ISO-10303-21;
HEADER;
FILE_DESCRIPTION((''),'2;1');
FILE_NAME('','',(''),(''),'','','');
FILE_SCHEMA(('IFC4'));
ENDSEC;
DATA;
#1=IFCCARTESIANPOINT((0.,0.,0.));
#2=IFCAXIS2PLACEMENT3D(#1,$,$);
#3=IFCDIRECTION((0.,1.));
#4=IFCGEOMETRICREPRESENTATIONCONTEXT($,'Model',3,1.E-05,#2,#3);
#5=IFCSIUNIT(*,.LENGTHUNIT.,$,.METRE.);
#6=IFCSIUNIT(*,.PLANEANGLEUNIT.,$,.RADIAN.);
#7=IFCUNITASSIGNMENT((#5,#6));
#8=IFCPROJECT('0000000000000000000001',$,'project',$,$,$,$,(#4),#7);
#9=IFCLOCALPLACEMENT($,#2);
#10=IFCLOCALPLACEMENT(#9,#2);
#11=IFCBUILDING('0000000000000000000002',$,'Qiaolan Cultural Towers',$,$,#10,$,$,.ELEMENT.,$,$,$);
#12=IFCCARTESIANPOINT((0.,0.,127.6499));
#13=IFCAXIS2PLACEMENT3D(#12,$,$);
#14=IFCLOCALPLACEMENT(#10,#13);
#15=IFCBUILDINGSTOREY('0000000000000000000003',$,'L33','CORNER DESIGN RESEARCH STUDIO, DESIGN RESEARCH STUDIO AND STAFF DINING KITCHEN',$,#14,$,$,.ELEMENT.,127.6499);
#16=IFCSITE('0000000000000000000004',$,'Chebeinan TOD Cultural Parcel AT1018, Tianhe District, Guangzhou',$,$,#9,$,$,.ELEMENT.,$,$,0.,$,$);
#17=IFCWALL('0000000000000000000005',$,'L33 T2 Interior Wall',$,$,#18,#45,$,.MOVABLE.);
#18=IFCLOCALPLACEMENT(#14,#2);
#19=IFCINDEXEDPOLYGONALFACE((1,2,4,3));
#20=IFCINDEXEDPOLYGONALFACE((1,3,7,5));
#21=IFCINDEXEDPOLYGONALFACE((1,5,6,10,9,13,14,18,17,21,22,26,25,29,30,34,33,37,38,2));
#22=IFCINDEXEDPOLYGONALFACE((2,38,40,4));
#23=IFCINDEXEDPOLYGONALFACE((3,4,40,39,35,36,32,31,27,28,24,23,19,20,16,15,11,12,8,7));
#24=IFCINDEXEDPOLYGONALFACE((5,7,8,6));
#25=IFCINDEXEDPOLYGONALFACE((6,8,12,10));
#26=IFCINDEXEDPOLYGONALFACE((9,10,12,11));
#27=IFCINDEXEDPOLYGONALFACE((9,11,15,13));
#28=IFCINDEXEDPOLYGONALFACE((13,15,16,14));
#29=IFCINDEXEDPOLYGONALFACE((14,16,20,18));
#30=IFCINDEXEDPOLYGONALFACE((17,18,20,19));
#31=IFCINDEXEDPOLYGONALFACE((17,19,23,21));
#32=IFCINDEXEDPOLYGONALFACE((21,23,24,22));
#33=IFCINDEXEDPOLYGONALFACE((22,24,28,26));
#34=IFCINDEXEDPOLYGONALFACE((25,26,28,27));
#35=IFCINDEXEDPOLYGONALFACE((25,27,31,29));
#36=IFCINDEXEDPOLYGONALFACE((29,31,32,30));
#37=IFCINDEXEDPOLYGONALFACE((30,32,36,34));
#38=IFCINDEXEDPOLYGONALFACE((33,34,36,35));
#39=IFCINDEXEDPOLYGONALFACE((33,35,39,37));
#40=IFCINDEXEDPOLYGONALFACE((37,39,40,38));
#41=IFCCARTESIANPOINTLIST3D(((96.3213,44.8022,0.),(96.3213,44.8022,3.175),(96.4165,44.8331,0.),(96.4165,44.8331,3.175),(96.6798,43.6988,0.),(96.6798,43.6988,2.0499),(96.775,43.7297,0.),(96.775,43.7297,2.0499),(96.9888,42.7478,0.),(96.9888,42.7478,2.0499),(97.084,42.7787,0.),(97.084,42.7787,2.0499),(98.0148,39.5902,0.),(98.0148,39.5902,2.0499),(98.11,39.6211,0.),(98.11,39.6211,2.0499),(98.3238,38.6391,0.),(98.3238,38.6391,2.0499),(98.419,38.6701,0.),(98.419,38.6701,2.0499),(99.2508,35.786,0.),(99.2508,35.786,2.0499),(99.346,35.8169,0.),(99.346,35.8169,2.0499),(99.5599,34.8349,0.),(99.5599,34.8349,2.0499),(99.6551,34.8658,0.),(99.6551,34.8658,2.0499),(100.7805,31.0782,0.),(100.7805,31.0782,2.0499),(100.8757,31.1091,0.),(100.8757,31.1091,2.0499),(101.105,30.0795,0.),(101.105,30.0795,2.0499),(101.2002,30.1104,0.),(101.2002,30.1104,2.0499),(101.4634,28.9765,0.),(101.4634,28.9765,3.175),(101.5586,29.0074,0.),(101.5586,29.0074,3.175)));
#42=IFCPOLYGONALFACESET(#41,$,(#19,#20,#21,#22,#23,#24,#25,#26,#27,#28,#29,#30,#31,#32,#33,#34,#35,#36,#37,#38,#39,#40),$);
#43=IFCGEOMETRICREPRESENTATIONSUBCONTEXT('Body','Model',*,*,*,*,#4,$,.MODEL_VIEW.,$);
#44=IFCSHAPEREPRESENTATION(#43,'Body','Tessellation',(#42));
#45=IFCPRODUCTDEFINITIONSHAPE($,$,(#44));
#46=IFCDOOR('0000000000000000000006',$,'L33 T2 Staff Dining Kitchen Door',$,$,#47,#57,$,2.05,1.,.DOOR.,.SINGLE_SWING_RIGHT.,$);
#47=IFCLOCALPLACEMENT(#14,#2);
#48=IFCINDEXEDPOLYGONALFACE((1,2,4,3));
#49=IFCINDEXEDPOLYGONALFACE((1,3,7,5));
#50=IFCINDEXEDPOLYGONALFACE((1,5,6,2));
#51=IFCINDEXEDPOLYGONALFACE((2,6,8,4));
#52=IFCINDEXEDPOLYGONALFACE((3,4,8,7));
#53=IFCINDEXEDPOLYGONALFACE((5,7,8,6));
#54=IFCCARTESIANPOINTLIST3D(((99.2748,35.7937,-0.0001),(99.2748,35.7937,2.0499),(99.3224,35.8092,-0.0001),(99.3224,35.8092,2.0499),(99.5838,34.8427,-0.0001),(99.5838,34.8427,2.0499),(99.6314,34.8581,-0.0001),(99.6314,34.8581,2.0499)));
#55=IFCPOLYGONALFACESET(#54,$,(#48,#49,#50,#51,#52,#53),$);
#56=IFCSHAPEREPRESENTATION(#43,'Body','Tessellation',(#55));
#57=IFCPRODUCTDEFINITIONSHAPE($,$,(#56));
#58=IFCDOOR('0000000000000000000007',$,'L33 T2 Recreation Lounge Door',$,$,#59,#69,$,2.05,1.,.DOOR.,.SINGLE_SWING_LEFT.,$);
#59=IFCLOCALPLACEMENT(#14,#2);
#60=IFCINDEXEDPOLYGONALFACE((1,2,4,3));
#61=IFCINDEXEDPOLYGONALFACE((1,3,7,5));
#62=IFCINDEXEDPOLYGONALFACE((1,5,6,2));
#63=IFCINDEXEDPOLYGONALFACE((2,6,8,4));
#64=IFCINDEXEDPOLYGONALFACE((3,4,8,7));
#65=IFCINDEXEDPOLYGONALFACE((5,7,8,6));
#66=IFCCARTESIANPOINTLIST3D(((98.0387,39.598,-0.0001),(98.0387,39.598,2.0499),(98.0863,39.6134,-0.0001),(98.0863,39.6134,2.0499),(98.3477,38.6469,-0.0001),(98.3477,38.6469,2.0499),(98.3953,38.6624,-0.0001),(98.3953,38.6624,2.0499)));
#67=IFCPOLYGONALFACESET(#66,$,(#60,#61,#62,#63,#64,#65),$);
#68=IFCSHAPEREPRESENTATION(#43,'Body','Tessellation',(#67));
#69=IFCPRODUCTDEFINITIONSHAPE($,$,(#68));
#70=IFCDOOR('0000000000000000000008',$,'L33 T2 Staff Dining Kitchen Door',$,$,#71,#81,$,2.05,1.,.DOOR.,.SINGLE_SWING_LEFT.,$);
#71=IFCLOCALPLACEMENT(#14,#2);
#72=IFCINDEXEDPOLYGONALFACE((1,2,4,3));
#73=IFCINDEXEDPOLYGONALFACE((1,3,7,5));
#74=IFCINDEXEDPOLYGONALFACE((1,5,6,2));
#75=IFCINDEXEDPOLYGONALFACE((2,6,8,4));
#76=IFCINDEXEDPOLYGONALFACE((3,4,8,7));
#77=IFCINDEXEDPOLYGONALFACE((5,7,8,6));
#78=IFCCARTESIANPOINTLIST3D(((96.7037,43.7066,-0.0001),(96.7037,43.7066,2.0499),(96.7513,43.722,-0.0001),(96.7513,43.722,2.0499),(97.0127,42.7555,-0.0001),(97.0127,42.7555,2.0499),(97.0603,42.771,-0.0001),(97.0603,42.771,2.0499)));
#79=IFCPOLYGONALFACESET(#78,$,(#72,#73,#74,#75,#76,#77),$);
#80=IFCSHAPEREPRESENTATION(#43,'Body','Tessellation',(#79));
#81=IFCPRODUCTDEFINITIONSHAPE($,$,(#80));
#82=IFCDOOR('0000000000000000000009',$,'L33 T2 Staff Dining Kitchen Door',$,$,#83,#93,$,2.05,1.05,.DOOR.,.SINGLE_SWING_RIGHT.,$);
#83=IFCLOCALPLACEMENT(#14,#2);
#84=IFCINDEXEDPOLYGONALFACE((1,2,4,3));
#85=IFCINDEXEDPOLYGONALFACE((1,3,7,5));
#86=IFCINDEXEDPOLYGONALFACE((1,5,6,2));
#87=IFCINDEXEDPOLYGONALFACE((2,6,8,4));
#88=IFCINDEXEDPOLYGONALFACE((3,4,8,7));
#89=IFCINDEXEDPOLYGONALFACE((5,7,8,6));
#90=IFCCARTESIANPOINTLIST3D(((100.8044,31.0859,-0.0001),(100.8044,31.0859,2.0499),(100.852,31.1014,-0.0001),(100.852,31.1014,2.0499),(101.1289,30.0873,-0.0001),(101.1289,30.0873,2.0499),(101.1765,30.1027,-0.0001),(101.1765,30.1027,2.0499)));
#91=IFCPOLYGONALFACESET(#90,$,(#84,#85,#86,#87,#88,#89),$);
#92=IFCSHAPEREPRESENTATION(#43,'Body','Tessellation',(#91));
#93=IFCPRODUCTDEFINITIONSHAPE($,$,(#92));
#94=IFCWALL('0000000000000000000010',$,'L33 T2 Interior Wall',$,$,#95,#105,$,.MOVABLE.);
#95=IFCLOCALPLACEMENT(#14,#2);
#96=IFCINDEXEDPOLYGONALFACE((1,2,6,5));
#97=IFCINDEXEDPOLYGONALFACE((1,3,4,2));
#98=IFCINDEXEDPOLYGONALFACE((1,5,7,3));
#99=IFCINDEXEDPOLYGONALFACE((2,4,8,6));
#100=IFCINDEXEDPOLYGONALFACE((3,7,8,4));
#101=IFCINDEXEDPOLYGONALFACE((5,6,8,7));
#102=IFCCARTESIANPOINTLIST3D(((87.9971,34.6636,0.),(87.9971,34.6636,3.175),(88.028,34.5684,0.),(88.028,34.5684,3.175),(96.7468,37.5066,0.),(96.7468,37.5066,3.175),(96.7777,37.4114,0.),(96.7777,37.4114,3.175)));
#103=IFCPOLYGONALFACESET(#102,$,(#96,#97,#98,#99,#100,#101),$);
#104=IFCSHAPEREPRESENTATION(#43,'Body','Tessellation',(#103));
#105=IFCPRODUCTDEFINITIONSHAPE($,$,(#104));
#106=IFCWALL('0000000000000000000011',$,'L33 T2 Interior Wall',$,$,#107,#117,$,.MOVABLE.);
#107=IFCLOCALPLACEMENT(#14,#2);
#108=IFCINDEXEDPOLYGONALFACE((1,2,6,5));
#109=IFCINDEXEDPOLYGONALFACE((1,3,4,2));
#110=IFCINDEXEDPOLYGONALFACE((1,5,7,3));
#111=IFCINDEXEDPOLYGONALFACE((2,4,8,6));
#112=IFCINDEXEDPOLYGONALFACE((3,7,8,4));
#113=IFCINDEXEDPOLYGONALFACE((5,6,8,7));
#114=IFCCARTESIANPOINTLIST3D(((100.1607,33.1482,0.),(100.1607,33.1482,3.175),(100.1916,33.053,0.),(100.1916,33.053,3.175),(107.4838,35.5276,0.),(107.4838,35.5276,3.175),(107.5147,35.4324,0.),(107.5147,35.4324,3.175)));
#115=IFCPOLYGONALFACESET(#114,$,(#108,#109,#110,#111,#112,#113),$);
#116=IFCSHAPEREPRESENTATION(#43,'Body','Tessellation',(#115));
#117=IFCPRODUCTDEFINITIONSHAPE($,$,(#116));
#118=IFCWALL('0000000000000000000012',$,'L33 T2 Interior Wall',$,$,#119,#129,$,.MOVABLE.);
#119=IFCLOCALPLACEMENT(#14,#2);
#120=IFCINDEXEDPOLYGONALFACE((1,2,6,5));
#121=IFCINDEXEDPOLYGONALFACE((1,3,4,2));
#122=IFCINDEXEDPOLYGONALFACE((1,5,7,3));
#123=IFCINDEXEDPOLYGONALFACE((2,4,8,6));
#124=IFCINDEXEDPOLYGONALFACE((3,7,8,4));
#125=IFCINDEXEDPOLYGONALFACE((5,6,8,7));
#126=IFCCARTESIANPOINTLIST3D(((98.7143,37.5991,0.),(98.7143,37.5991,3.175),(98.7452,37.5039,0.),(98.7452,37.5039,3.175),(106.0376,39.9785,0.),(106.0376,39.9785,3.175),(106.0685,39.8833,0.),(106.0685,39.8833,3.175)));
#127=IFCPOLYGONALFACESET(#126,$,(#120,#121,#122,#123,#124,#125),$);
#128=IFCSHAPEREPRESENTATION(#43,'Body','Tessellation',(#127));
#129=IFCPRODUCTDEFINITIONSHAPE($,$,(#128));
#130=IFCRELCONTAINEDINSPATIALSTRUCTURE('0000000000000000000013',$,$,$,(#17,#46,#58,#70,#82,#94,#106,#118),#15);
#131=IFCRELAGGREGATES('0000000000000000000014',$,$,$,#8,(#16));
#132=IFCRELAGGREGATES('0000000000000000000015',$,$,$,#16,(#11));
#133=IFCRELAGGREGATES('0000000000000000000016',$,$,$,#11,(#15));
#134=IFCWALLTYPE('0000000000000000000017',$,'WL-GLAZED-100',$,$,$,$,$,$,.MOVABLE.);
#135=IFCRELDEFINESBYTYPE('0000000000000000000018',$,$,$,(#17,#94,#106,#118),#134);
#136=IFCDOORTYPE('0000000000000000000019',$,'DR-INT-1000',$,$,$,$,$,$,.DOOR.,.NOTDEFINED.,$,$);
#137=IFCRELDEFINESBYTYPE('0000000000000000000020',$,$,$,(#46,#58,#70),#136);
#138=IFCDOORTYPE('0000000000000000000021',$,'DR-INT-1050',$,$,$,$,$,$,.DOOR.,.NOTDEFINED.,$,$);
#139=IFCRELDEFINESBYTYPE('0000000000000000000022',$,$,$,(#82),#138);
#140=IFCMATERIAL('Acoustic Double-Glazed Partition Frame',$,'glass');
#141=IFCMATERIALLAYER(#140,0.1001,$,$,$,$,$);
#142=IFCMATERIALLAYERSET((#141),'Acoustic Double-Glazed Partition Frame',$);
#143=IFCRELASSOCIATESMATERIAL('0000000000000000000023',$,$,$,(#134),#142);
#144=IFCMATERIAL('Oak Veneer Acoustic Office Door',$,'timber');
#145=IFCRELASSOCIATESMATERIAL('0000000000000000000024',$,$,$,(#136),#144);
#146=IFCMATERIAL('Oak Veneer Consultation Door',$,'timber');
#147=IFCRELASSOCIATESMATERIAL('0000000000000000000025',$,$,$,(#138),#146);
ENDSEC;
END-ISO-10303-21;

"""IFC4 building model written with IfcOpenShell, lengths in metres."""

from ifc_helpers import new_model, si_unit, direction, frame, frame_2d, origin, place, context, subcontext, project, spatial, rectangle, extrude, material, layer, layer_set, type_object, element, fill, save


model = new_model("IFC4")

# Units and contexts
model_context = context("Model", 3, precision=1e-05, world=origin(), true_north=direction((0.0, 1.0)))
body_context = subcontext(model_context, "Body", "Model", "MODEL_VIEW")
ifc_project = project(units=[si_unit("LENGTHUNIT", "METRE"), si_unit("PLANEANGLEUNIT", "RADIAN")], contexts=[model_context])

# Site, building, storey
site_placement = place(None, origin())
site = spatial("IfcSite", under=ifc_project, at=site_placement, Name="Chebeinan TOD Cultural Parcel AT1018, Tianhe District, Guangzhou", CompositionType="ELEMENT", RefElevation=0.0)
building_placement = place(site_placement, origin())
building = spatial("IfcBuilding", under=site, at=building_placement, Name="Qiaolan Cultural Towers", CompositionType="ELEMENT")
storey_placement = place(building_placement, frame((0.0, 0.0, 127.6499)))
storey = spatial("IfcBuildingStorey", under=building, at=storey_placement, Name="L33", Description="CORNER DESIGN RESEARCH STUDIO, DESIGN RESEARCH STUDIO AND STAFF DINING KITCHEN", CompositionType="ELEMENT", Elevation=127.6499)

# Shared definitions
ifc_material_1 = material(Name="Acoustic Double-Glazed Partition Frame", Category="glass")
ifc_layer_1 = layer(ifc_material_1, 0.1001)
ifc_layer_set_1 = layer_set([ifc_layer_1], Name="Acoustic Double-Glazed Partition Frame")
wall_type_1 = type_object("IfcWallType", Name="WL-GLAZED-100", PredefinedType="MOVABLE", material=ifc_layer_set_1)

# Shared definitions
ifc_material_2 = material(Name="Oak Veneer Acoustic Office Door", Category="timber")
door_type_1 = type_object("IfcDoorType", Name="DR-INT-1000", OperationType="NOTDEFINED", PredefinedType="DOOR", material=ifc_material_2)

# Wall, openings, doors
wall_1_placement = place(storey_placement, frame((101.511, 28.9919, 0.0), z_axis=(0.0, 0.0, 1.0), x_axis=(-0.309018, 0.951056, 0.0)))
wall_1 = element("IfcWall", 1, at=wall_1_placement, inside=storey, type_object=wall_type_1, Name="L33 T2 Interior Wall", PredefinedType="MOVABLE", context=body_context, shape_type="SweptSolid", body=[
    extrude(rectangle(XDim=16.6401, YDim=0.1001, at=frame_2d((8.3201, 0.0))), origin(), (0.0, 0.0, 1.0), 3.175),
])
opening_1_placement = place(wall_1_placement, frame((1.1599, 0.0, 0.0)))
opening_1 = element("IfcOpeningElement", 2, at=opening_1_placement, cuts=wall_1, PredefinedType="OPENING", context=body_context, shape_type="SweptSolid", body=[
    extrude(rectangle(XDim=1.05, YDim=2.05, at=frame_2d((0.5249, 1.0249))), frame((0.0, 0.0601, 0.0), z_axis=(0.0, -1.0, 0.0), x_axis=(1.0, 0.0, 0.0)), (0.0, 0.0, 1.0), 0.1201),
])
opening_2_placement = place(wall_1_placement, frame((6.1599, 0.0, 0.0)))
opening_2 = element("IfcOpeningElement", 3, at=opening_2_placement, cuts=wall_1, PredefinedType="OPENING", context=body_context, shape_type="SweptSolid", body=[
    extrude(rectangle(XDim=1.0, YDim=2.05, at=frame_2d((0.5, 1.0249))), frame((0.0, 0.0601, 0.0), z_axis=(0.0, -1.0, 0.0), x_axis=(1.0, 0.0, 0.0)), (0.0, 0.0, 1.0), 0.1201),
])
opening_3_placement = place(wall_1_placement, frame((10.1599, 0.0, 0.0)))
opening_3 = element("IfcOpeningElement", 4, at=opening_3_placement, cuts=wall_1, PredefinedType="OPENING", context=body_context, shape_type="SweptSolid", body=[
    extrude(rectangle(XDim=1.0, YDim=2.05, at=frame_2d((0.5, 1.0249))), frame((0.0, 0.0601, 0.0), z_axis=(0.0, -1.0, 0.0), x_axis=(1.0, 0.0, 0.0)), (0.0, 0.0, 1.0), 0.1201),
])
opening_4_placement = place(wall_1_placement, frame((14.48, 0.0, 0.0)))
opening_4 = element("IfcOpeningElement", 5, at=opening_4_placement, cuts=wall_1, PredefinedType="OPENING", context=body_context, shape_type="SweptSolid", body=[
    extrude(rectangle(XDim=1.0, YDim=2.05, at=frame_2d((0.5, 1.0249))), frame((0.0, 0.0601, 0.0), z_axis=(0.0, -1.0, 0.0), x_axis=(1.0, 0.0, 0.0)), (0.0, 0.0, 1.0), 0.1201),
])
door_1_placement = place(opening_2_placement, origin())
door_1 = element("IfcDoor", 6, at=door_1_placement, inside=storey, type_object=door_type_1, Name="L33 T2 Staff Dining Kitchen Door", OperationType="SINGLE_SWING_RIGHT", OverallHeight=2.05, OverallWidth=1.0, PredefinedType="DOOR", context=body_context, shape_type="SweptSolid", body=[
    extrude(rectangle(XDim=1.0, YDim=2.05, at=frame_2d((0.5, 1.0249))), frame((0.0, 0.0249, 0.0), z_axis=(0.0, -1.0, 0.0), x_axis=(1.0, 0.0, 0.0)), (0.0, 0.0, 1.0), 0.05),
])
fill(opening_2, door_1)
door_2_placement = place(opening_3_placement, origin())
door_2 = element("IfcDoor", 7, at=door_2_placement, inside=storey, type_object=door_type_1, Name="L33 T2 Recreation Lounge Door", OperationType="SINGLE_SWING_LEFT", OverallHeight=2.05, OverallWidth=1.0, PredefinedType="DOOR", context=body_context, shape_type="SweptSolid", body=[
    extrude(rectangle(XDim=1.0, YDim=2.05, at=frame_2d((0.5, 1.0249))), frame((0.0, 0.0249, 0.0), z_axis=(0.0, -1.0, 0.0), x_axis=(1.0, 0.0, 0.0)), (0.0, 0.0, 1.0), 0.05),
])
fill(opening_3, door_2)
door_3_placement = place(opening_4_placement, origin())
door_3 = element("IfcDoor", 8, at=door_3_placement, inside=storey, type_object=door_type_1, Name="L33 T2 Staff Dining Kitchen Door", OperationType="SINGLE_SWING_LEFT", OverallHeight=2.05, OverallWidth=1.0, PredefinedType="DOOR", context=body_context, shape_type="SweptSolid", body=[
    extrude(rectangle(XDim=1.0, YDim=2.05, at=frame_2d((0.5, 1.0249))), frame((0.0, 0.0249, 0.0), z_axis=(0.0, -1.0, 0.0), x_axis=(1.0, 0.0, 0.0)), (0.0, 0.0, 1.0), 0.05),
])
fill(opening_4, door_3)
ifc_material_3 = material(Name="Oak Veneer Consultation Door", Category="timber")
door_type_2 = type_object("IfcDoorType", Name="DR-INT-1050", OperationType="NOTDEFINED", PredefinedType="DOOR", material=ifc_material_3)
door_4_placement = place(opening_1_placement, origin())
door_4 = element("IfcDoor", 9, at=door_4_placement, inside=storey, type_object=door_type_2, Name="L33 T2 Staff Dining Kitchen Door", OperationType="SINGLE_SWING_RIGHT", OverallHeight=2.05, OverallWidth=1.05, PredefinedType="DOOR", context=body_context, shape_type="SweptSolid", body=[
    extrude(rectangle(XDim=1.05, YDim=2.05, at=frame_2d((0.5249, 1.0249))), frame((0.0, 0.0249, 0.0), z_axis=(0.0, -1.0, 0.0), x_axis=(1.0, 0.0, 0.0)), (0.0, 0.0, 1.0), 0.05),
])
fill(opening_1, door_4)

# Walls
wall_2_placement = place(storey_placement, frame((88.0125, 34.616, 0.0), z_axis=(0.0, 0.0, 1.0), x_axis=(0.951055, 0.309022, 0.0)))
element("IfcWall", 10, at=wall_2_placement, inside=storey, type_object=wall_type_1, Name="L33 T2 Interior Wall", PredefinedType="MOVABLE", context=body_context, shape_type="SweptSolid", body=[
    extrude(rectangle(XDim=9.2, YDim=0.1001, at=frame_2d((4.6001, 0.0))), origin(), (0.0, 0.0, 1.0), 3.175),
])
wall_3_placement = place(storey_placement, frame((100.176, 33.1006, 0.0), z_axis=(0.0, 0.0, 1.0), x_axis=(0.951056, 0.309018, 0.0)))
element("IfcWall", 11, at=wall_3_placement, inside=storey, type_object=wall_type_1, Name="L33 T2 Interior Wall", PredefinedType="MOVABLE", context=body_context, shape_type="SweptSolid", body=[
    extrude(rectangle(XDim=7.7, YDim=0.1001, at=frame_2d((3.8501, 0.0))), origin(), (0.0, 0.0, 1.0), 3.175),
])
wall_4_placement = place(storey_placement, frame((98.7297, 37.5515, 0.0), z_axis=(0.0, 0.0, 1.0), x_axis=(0.951059, 0.309009, 0.0)))
element("IfcWall", 12, at=wall_4_placement, inside=storey, type_object=wall_type_1, Name="L33 T2 Interior Wall", PredefinedType="MOVABLE", context=body_context, shape_type="SweptSolid", body=[
    extrude(rectangle(XDim=7.7002, YDim=0.1001, at=frame_2d((3.8501, 0.0))), origin(), (0.0, 0.0, 1.0), 3.175),
])

save(model, "model.ifc")
